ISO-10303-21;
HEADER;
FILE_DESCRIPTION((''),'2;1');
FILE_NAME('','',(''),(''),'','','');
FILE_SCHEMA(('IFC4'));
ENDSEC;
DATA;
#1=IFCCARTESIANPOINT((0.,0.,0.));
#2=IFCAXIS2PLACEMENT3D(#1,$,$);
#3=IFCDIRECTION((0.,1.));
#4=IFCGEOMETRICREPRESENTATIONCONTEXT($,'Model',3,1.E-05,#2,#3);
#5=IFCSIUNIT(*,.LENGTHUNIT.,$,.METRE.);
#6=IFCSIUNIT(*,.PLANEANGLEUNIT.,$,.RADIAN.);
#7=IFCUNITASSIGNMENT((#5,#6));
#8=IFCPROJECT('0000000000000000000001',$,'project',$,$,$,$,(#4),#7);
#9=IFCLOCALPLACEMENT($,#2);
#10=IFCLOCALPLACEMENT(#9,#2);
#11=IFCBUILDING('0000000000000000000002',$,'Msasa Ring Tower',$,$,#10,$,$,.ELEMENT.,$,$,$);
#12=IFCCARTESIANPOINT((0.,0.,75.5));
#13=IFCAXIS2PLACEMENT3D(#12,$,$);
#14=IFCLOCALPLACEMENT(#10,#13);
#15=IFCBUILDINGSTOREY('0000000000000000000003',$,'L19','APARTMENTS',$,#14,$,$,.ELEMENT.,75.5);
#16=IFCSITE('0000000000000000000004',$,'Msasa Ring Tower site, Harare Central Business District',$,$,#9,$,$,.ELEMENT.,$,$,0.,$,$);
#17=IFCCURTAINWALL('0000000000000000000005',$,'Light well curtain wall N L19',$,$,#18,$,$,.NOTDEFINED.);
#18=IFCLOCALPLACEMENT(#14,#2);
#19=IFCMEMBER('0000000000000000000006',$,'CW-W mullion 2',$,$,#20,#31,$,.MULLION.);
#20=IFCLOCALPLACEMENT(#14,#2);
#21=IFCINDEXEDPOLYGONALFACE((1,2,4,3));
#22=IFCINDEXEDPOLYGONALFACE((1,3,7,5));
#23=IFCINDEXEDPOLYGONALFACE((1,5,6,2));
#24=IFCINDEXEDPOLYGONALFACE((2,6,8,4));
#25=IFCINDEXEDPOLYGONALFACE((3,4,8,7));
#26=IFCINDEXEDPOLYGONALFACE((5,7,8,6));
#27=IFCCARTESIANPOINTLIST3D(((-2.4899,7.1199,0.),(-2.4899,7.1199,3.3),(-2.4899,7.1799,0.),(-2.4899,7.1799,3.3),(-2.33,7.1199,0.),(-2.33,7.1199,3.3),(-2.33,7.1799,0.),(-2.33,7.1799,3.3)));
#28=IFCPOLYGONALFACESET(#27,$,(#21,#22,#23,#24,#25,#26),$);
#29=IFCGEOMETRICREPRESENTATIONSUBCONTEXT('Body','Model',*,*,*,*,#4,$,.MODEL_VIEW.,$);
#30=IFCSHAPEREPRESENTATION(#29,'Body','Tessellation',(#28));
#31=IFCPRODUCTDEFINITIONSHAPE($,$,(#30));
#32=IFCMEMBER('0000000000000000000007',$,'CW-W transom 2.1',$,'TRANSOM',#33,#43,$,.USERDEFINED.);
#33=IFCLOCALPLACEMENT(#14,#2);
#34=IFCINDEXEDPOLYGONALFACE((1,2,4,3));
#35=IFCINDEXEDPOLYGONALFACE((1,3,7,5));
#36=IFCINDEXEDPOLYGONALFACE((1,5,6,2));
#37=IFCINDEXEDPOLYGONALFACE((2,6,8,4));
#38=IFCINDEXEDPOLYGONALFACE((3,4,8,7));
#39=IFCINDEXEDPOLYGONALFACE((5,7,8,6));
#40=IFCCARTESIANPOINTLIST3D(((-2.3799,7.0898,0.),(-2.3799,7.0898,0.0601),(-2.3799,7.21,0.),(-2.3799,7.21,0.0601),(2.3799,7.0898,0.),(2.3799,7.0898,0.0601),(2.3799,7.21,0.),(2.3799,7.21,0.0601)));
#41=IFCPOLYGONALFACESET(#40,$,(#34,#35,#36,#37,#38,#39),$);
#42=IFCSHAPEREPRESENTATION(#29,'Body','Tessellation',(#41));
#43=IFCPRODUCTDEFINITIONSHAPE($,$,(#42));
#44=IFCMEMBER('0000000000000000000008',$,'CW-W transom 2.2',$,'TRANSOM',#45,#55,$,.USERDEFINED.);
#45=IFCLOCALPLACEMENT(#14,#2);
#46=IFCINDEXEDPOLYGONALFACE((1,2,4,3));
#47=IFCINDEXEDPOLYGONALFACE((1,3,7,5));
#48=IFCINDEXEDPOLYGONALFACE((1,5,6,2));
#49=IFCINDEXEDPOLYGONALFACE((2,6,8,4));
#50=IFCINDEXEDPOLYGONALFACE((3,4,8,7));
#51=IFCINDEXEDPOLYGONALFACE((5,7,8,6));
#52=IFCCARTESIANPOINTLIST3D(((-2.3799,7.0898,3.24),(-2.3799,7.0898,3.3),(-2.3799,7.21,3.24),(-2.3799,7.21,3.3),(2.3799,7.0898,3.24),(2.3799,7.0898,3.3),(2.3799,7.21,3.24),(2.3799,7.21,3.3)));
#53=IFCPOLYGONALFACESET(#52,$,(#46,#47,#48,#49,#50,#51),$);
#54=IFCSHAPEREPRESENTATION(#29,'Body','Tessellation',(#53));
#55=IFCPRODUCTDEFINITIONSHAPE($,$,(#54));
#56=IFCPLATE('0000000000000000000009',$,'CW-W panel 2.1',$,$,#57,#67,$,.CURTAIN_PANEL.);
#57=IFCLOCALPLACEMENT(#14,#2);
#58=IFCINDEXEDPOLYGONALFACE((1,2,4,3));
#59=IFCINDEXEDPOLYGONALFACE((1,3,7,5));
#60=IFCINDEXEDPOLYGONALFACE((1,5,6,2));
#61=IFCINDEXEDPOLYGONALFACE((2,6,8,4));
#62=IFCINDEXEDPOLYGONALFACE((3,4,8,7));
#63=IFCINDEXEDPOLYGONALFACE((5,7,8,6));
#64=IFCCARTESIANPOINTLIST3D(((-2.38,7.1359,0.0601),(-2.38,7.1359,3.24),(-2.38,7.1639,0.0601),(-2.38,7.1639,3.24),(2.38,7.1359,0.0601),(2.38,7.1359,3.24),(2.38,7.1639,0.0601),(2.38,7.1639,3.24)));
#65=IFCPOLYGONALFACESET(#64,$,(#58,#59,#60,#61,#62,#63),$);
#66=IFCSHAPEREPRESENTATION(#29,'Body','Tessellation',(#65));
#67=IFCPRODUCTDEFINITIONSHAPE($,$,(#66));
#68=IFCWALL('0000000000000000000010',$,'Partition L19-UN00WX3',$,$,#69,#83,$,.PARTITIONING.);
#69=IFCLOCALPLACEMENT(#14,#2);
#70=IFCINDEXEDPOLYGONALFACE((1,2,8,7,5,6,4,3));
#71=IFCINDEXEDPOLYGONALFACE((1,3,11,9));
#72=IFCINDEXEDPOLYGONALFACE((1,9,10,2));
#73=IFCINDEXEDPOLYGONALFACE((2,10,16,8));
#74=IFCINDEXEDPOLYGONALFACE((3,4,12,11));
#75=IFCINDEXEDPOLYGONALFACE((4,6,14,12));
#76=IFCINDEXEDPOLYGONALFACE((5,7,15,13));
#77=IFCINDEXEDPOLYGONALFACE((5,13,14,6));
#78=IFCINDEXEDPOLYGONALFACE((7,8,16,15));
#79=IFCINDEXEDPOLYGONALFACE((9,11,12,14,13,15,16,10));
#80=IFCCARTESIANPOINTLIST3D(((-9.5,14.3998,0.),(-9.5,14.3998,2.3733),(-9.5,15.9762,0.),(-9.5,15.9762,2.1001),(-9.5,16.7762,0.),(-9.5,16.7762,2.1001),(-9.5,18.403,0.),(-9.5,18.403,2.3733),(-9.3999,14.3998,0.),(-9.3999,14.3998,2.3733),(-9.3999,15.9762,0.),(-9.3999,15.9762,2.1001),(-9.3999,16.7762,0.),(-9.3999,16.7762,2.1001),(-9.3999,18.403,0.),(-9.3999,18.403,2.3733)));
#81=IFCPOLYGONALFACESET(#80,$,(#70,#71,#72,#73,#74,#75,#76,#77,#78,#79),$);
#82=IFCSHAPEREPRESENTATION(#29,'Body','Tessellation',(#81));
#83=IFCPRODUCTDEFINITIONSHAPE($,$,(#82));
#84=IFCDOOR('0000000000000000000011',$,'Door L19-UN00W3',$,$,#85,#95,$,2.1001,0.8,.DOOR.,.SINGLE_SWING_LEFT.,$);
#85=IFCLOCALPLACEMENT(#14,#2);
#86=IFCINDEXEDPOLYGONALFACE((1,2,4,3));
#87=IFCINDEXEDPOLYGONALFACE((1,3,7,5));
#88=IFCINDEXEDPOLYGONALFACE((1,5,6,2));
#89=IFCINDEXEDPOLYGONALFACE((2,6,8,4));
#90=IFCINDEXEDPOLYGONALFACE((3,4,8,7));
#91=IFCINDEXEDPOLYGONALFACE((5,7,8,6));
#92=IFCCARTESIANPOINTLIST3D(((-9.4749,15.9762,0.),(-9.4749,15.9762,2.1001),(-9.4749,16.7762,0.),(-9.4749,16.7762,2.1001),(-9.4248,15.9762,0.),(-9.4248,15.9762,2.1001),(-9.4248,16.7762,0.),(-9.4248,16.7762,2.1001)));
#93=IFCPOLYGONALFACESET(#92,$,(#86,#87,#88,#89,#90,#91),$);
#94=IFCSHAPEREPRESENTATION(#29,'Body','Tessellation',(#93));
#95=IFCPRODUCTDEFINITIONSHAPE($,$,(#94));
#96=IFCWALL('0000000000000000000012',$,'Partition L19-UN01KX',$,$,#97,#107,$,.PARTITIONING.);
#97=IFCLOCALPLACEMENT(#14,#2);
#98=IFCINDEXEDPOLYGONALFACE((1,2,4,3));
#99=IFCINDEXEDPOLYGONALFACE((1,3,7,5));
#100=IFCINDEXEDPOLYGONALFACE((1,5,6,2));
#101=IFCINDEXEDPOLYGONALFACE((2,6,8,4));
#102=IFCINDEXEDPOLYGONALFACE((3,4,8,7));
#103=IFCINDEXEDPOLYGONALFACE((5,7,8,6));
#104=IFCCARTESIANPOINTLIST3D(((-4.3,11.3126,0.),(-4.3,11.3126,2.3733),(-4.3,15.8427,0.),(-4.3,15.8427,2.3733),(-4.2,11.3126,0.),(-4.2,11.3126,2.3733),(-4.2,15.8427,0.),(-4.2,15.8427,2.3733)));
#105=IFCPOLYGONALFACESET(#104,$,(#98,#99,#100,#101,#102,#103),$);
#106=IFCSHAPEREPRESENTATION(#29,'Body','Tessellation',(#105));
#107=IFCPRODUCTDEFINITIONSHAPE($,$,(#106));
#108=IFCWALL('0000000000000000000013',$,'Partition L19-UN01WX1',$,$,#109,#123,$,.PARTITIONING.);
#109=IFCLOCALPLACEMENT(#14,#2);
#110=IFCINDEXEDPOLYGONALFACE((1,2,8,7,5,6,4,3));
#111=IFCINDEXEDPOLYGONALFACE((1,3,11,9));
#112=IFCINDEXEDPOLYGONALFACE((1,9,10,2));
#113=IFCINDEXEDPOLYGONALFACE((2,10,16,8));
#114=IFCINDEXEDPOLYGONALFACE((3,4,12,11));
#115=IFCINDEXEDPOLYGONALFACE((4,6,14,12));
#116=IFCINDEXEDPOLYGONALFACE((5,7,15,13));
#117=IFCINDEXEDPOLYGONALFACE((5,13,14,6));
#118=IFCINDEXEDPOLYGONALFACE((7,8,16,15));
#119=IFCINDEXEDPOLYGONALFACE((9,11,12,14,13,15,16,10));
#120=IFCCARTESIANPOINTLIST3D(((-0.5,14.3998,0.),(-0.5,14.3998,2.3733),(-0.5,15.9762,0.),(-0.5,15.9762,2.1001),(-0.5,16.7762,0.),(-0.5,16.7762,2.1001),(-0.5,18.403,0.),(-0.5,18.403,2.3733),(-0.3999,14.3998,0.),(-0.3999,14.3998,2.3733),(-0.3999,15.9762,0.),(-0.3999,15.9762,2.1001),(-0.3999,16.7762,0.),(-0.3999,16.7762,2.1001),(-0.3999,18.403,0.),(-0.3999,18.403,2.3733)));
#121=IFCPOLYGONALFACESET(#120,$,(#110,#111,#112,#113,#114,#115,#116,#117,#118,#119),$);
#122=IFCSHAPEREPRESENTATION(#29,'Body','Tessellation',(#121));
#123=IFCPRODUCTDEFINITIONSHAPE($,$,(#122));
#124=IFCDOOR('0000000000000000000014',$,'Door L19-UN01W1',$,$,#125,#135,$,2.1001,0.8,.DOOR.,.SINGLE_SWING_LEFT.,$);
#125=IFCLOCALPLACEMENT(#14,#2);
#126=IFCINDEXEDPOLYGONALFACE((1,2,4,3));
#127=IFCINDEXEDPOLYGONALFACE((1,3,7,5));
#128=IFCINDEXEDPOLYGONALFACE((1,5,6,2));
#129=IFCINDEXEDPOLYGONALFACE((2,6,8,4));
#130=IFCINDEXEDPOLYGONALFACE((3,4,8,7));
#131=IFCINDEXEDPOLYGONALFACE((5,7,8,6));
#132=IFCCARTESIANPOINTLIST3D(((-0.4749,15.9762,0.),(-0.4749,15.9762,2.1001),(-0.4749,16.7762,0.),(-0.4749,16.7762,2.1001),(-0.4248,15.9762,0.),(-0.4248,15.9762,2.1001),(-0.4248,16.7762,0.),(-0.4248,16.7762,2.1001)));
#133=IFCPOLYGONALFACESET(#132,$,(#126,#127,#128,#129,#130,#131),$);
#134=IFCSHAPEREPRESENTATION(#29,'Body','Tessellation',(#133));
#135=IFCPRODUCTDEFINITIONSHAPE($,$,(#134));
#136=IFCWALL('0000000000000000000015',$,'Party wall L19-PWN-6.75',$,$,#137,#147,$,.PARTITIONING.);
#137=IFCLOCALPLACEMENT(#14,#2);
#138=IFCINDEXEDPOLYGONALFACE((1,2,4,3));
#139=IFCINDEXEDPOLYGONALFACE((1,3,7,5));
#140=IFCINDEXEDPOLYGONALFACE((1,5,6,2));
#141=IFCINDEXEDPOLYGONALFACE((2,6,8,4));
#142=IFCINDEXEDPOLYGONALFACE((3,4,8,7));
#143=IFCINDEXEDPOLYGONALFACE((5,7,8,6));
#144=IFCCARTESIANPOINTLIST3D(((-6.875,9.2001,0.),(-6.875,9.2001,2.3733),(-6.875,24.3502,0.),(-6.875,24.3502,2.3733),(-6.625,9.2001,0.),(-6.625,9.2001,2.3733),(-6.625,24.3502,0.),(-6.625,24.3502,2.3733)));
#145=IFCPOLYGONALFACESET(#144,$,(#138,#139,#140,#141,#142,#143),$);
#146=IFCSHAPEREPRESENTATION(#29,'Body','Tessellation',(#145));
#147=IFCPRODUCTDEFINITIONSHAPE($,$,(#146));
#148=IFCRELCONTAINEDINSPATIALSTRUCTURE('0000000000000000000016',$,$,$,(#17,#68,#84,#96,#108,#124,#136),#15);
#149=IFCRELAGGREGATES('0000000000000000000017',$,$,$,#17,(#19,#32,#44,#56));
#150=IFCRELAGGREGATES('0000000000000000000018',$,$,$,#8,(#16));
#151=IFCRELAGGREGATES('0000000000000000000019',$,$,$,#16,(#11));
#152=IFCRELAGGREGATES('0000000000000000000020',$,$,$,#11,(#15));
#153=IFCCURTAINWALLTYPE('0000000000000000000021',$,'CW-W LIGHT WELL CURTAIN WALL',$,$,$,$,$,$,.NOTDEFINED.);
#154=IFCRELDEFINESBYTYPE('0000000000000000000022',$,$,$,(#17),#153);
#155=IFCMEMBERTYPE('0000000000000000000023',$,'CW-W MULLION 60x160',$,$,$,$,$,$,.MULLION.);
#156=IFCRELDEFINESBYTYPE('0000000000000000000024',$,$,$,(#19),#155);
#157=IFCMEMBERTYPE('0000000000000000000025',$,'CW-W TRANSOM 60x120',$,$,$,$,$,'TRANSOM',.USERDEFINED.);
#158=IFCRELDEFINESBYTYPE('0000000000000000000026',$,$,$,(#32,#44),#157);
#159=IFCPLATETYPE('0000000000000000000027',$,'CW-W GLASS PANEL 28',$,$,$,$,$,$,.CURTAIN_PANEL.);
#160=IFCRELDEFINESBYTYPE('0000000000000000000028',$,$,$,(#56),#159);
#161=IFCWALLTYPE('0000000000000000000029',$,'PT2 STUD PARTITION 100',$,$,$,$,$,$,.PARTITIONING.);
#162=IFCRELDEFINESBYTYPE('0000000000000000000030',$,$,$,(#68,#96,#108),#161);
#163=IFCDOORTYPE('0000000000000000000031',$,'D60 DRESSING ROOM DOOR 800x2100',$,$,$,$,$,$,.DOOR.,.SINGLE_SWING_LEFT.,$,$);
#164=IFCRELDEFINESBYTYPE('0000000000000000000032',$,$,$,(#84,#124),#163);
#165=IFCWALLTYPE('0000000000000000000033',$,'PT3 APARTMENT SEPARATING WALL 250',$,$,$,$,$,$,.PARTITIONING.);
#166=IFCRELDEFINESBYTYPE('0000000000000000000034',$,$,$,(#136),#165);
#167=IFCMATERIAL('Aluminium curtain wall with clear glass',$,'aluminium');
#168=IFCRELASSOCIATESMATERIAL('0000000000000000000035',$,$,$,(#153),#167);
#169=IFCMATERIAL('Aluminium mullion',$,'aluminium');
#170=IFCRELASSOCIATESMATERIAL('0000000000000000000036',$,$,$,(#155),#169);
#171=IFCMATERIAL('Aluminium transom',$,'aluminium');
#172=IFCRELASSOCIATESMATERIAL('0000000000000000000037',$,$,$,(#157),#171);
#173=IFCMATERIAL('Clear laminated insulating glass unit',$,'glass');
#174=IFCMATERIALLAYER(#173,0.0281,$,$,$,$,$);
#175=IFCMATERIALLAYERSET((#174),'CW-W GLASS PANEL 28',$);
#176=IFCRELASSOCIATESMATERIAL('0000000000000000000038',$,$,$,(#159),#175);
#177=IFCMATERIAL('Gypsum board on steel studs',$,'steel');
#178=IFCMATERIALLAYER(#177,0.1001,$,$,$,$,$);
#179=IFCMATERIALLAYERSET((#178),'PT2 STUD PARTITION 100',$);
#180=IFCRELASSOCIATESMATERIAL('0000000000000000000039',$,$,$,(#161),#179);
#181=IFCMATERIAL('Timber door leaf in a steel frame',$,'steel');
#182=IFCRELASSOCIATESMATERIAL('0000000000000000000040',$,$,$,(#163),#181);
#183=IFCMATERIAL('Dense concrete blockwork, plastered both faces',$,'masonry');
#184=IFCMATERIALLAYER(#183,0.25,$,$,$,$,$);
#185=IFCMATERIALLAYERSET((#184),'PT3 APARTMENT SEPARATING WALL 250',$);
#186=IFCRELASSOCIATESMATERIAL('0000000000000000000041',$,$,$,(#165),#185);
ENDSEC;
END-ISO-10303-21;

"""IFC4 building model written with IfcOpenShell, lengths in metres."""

from ifc_helpers import new_model, si_unit, direction, frame, frame_2d, origin, origin_2d, place, context, subcontext, project, spatial, rectangle, extrude, material, layer, layer_set, material_profile, profile_set, type_object, element, fill, aggregate, save


model = new_model("IFC4")

# Units and contexts
model_context = context("Model", 3, precision=1e-05, world=origin(), true_north=direction((0.0, 1.0)))
body_context = subcontext(model_context, "Body", "Model", "MODEL_VIEW")
ifc_project = project(units=[si_unit("LENGTHUNIT", "METRE"), si_unit("PLANEANGLEUNIT", "RADIAN")], contexts=[model_context])

# Site, building, storey
site_placement = place(None, origin())
site = spatial("IfcSite", under=ifc_project, at=site_placement, Name="Msasa Ring Tower site, Harare Central Business District", CompositionType="ELEMENT", RefElevation=0.0)
building_placement = place(site_placement, origin())
building = spatial("IfcBuilding", under=site, at=building_placement, Name="Msasa Ring Tower", CompositionType="ELEMENT")
storey_placement = place(building_placement, frame((0.0, 0.0, 75.5)))
storey = spatial("IfcBuildingStorey", under=building, at=storey_placement, Name="L19", Description="APARTMENTS", CompositionType="ELEMENT", Elevation=75.5)

# Curtain wall, members, plate
ifc_material_1 = material(Name="Aluminium curtain wall with clear glass", Category="aluminium")
curtain_wall_type = type_object("IfcCurtainWallType", Name="CW-W LIGHT WELL CURTAIN WALL", PredefinedType="NOTDEFINED", material=ifc_material_1)
curtain_wall_placement = place(storey_placement, origin())
curtain_wall = element("IfcCurtainWall", 1, at=curtain_wall_placement, inside=storey, type_object=curtain_wall_type, Name="Light well curtain wall N L19", PredefinedType="NOTDEFINED")
ifc_material_2 = material(Name="Aluminium mullion", Category="aluminium")
ifc_material_profile_1 = material_profile(ifc_material_2, rectangle(XDim=0.0601, YDim=0.1599, at=origin_2d()), Name="AL 60x160")
ifc_profile_set_1 = profile_set([ifc_material_profile_1], Name="Aluminium mullion")
member_type_1 = type_object("IfcMemberType", Name="CW-W MULLION 60x160", PredefinedType="MULLION", material=ifc_profile_set_1)
member_1_placement = place(storey_placement, frame((-2.4099, 7.1499, 0.0), z_axis=(0.0, 0.0, 1.0), x_axis=(0.0, 1.0, 0.0)))
member_1 = element("IfcMember", 2, at=member_1_placement, type_object=member_type_1, Name="CW-W mullion 2", PredefinedType="MULLION", context=body_context, shape_type="SweptSolid", body=[
    extrude(rectangle(XDim=0.0601, YDim=0.1599, at=origin_2d()), origin(), (0.0, 0.0, 1.0), 3.3),
])
ifc_material_3 = material(Name="Aluminium transom", Category="aluminium")
ifc_material_profile_2 = material_profile(ifc_material_3, rectangle(XDim=0.1201, YDim=0.0601, at=origin_2d()), Name="AL 60x120")
ifc_profile_set_2 = profile_set([ifc_material_profile_2], Name="Aluminium transom")
member_type_2 = type_object("IfcMemberType", Name="CW-W TRANSOM 60x120", ElementType="TRANSOM", PredefinedType="USERDEFINED", material=ifc_profile_set_2)
member_2_placement = place(storey_placement, frame((-2.3799, 7.1499, 0.03), z_axis=(1.0, 0.0, 0.0), x_axis=(0.0, 1.0, 0.0)))
member_2 = element("IfcMember", 3, at=member_2_placement, type_object=member_type_2, Name="CW-W transom 2.1", ObjectType="TRANSOM", PredefinedType="USERDEFINED", context=body_context, shape_type="SweptSolid", body=[
    extrude(rectangle(XDim=0.1201, YDim=0.0601, at=origin_2d()), origin(), (0.0, 0.0, 1.0), 4.7598),
])
member_3_placement = place(storey_placement, frame((-2.3799, 7.1499, 3.27), z_axis=(1.0, 0.0, 0.0), x_axis=(0.0, 1.0, 0.0)))
member_3 = element("IfcMember", 4, at=member_3_placement, type_object=member_type_2, Name="CW-W transom 2.2", ObjectType="TRANSOM", PredefinedType="USERDEFINED", context=body_context, shape_type="SweptSolid", body=[
    extrude(rectangle(XDim=0.1201, YDim=0.0601, at=origin_2d()), origin(), (0.0, 0.0, 1.0), 4.7598),
])
ifc_material_4 = material(Name="Clear laminated insulating glass unit", Category="glass")
ifc_layer_1 = layer(ifc_material_4, 0.0281)
ifc_layer_set_1 = layer_set([ifc_layer_1], Name="CW-W GLASS PANEL 28")
plate_type = type_object("IfcPlateType", Name="CW-W GLASS PANEL 28", PredefinedType="CURTAIN_PANEL", material=ifc_layer_set_1)
plate_placement = place(storey_placement, frame((0.0, 7.1499, 0.0601), z_axis=(0.0, 0.0, 1.0), x_axis=(1.0, 0.0, 0.0)))
plate = element("IfcPlate", 5, at=plate_placement, type_object=plate_type, Name="CW-W panel 2.1", PredefinedType="CURTAIN_PANEL", context=body_context, shape_type="SweptSolid", body=[
    extrude(rectangle(XDim=4.76, YDim=0.0281, at=origin_2d()), origin(), (0.0, 0.0, 1.0), 3.1799),
])
aggregate(curtain_wall, [member_1, member_2, member_3, plate])

# Wall, opening, door
ifc_material_5 = material(Name="Gypsum board on steel studs", Category="steel")
ifc_layer_2 = layer(ifc_material_5, 0.1001)
ifc_layer_set_2 = layer_set([ifc_layer_2], Name="PT2 STUD PARTITION 100")
wall_type_1 = type_object("IfcWallType", Name="PT2 STUD PARTITION 100", PredefinedType="PARTITIONING", material=ifc_layer_set_2)
wall_1_placement = place(storey_placement, frame((-9.45, 14.3999, 0.0), z_axis=(0.0, 0.0, 1.0), x_axis=(0.0, 1.0, 0.0)))
wall_1 = element("IfcWall", 6, at=wall_1_placement, inside=storey, type_object=wall_type_1, Name="Partition L19-UN00WX3", PredefinedType="PARTITIONING", context=body_context, shape_type="SweptSolid", body=[
    extrude(rectangle(XDim=4.0032, YDim=0.1001, at=frame_2d((2.0015, 0.0))), origin(), (0.0, 0.0, 1.0), 2.3733),
])
opening_1_placement = place(wall_1_placement, frame((1.5764, 0.0, 0.0)))
opening_1 = element("IfcOpeningElement", 7, at=opening_1_placement, cuts=wall_1, PredefinedType="OPENING", context=body_context, shape_type="SweptSolid", body=[
    extrude(rectangle(XDim=0.8, YDim=2.1001, at=frame_2d((0.3999, 1.05))), frame((0.0, 0.0601, 0.0), z_axis=(0.0, -1.0, 0.0), x_axis=(1.0, 0.0, 0.0)), (0.0, 0.0, 1.0), 0.1201),
])
ifc_material_6 = material(Name="Timber door leaf in a steel frame", Category="steel")
door_type_1 = type_object("IfcDoorType", Name="D60 DRESSING ROOM DOOR 800x2100", OperationType="SINGLE_SWING_LEFT", PredefinedType="DOOR", material=ifc_material_6)
door_1_placement = place(opening_1_placement, origin())
door_1 = element("IfcDoor", 8, at=door_1_placement, inside=storey, type_object=door_type_1, Name="Door L19-UN00W3", OperationType="SINGLE_SWING_LEFT", OverallHeight=2.1001, OverallWidth=0.8, PredefinedType="DOOR", context=body_context, shape_type="SweptSolid", body=[
    extrude(rectangle(XDim=0.8, YDim=2.1001, at=frame_2d((0.3999, 1.05))), frame((0.0, 0.0249, 0.0), z_axis=(0.0, -1.0, 0.0), x_axis=(1.0, 0.0, 0.0)), (0.0, 0.0, 1.0), 0.05),
])
fill(opening_1, door_1)

# Wall
wall_2_placement = place(storey_placement, frame((-4.25, 11.3125, 0.0), z_axis=(0.0, 0.0, 1.0), x_axis=(0.0, 1.0, 0.0)))
element("IfcWall", 9, at=wall_2_placement, inside=storey, type_object=wall_type_1, Name="Partition L19-UN01KX", PredefinedType="PARTITIONING", context=body_context, shape_type="SweptSolid", body=[
    extrude(rectangle(XDim=4.53, YDim=0.1001, at=frame_2d((2.2651, 0.0))), origin(), (0.0, 0.0, 1.0), 2.3733),
])

# Wall, opening, door
wall_3_placement = place(storey_placement, frame((-0.45, 14.3999, 0.0), z_axis=(0.0, 0.0, 1.0), x_axis=(0.0, 1.0, 0.0)))
wall_3 = element("IfcWall", 10, at=wall_3_placement, inside=storey, type_object=wall_type_1, Name="Partition L19-UN01WX1", PredefinedType="PARTITIONING", context=body_context, shape_type="SweptSolid", body=[
    extrude(rectangle(XDim=4.0032, YDim=0.1001, at=frame_2d((2.0015, 0.0))), origin(), (0.0, 0.0, 1.0), 2.3733),
])
opening_2_placement = place(wall_3_placement, frame((1.5764, 0.0, 0.0)))
opening_2 = element("IfcOpeningElement", 11, at=opening_2_placement, cuts=wall_3, PredefinedType="OPENING", context=body_context, shape_type="SweptSolid", body=[
    extrude(rectangle(XDim=0.8, YDim=2.1001, at=frame_2d((0.3999, 1.05))), frame((0.0, 0.0601, 0.0), z_axis=(0.0, -1.0, 0.0), x_axis=(1.0, 0.0, 0.0)), (0.0, 0.0, 1.0), 0.1201),
])
door_2_placement = place(opening_2_placement, origin())
door_2 = element("IfcDoor", 12, at=door_2_placement, inside=storey, type_object=door_type_1, Name="Door L19-UN01W1", OperationType="SINGLE_SWING_LEFT", OverallHeight=2.1001, OverallWidth=0.8, PredefinedType="DOOR", context=body_context, shape_type="SweptSolid", body=[
    extrude(rectangle(XDim=0.8, YDim=2.1001, at=frame_2d((0.3999, 1.05))), frame((0.0, 0.0249, 0.0), z_axis=(0.0, -1.0, 0.0), x_axis=(1.0, 0.0, 0.0)), (0.0, 0.0, 1.0), 0.05),
])
fill(opening_2, door_2)

# Wall
ifc_material_7 = material(Name="Dense concrete blockwork, plastered both faces", Category="masonry")
ifc_layer_3 = layer(ifc_material_7, 0.25)
ifc_layer_set_3 = layer_set([ifc_layer_3], Name="PT3 APARTMENT SEPARATING WALL 250")
wall_type_2 = type_object("IfcWallType", Name="PT3 APARTMENT SEPARATING WALL 250", PredefinedType="PARTITIONING", material=ifc_layer_set_3)
wall_4_placement = place(storey_placement, frame((-6.75, 9.2, 0.0), z_axis=(0.0, 0.0, 1.0), x_axis=(0.0, 1.0, 0.0)))
element("IfcWall", 13, at=wall_4_placement, inside=storey, type_object=wall_type_2, Name="Party wall L19-PWN-6.75", PredefinedType="PARTITIONING", context=body_context, shape_type="SweptSolid", body=[
    extrude(rectangle(XDim=15.1501, YDim=0.25, at=frame_2d((7.5752, 0.0))), origin(), (0.0, 0.0, 1.0), 2.3733),
])

save(model, "model.ifc")
